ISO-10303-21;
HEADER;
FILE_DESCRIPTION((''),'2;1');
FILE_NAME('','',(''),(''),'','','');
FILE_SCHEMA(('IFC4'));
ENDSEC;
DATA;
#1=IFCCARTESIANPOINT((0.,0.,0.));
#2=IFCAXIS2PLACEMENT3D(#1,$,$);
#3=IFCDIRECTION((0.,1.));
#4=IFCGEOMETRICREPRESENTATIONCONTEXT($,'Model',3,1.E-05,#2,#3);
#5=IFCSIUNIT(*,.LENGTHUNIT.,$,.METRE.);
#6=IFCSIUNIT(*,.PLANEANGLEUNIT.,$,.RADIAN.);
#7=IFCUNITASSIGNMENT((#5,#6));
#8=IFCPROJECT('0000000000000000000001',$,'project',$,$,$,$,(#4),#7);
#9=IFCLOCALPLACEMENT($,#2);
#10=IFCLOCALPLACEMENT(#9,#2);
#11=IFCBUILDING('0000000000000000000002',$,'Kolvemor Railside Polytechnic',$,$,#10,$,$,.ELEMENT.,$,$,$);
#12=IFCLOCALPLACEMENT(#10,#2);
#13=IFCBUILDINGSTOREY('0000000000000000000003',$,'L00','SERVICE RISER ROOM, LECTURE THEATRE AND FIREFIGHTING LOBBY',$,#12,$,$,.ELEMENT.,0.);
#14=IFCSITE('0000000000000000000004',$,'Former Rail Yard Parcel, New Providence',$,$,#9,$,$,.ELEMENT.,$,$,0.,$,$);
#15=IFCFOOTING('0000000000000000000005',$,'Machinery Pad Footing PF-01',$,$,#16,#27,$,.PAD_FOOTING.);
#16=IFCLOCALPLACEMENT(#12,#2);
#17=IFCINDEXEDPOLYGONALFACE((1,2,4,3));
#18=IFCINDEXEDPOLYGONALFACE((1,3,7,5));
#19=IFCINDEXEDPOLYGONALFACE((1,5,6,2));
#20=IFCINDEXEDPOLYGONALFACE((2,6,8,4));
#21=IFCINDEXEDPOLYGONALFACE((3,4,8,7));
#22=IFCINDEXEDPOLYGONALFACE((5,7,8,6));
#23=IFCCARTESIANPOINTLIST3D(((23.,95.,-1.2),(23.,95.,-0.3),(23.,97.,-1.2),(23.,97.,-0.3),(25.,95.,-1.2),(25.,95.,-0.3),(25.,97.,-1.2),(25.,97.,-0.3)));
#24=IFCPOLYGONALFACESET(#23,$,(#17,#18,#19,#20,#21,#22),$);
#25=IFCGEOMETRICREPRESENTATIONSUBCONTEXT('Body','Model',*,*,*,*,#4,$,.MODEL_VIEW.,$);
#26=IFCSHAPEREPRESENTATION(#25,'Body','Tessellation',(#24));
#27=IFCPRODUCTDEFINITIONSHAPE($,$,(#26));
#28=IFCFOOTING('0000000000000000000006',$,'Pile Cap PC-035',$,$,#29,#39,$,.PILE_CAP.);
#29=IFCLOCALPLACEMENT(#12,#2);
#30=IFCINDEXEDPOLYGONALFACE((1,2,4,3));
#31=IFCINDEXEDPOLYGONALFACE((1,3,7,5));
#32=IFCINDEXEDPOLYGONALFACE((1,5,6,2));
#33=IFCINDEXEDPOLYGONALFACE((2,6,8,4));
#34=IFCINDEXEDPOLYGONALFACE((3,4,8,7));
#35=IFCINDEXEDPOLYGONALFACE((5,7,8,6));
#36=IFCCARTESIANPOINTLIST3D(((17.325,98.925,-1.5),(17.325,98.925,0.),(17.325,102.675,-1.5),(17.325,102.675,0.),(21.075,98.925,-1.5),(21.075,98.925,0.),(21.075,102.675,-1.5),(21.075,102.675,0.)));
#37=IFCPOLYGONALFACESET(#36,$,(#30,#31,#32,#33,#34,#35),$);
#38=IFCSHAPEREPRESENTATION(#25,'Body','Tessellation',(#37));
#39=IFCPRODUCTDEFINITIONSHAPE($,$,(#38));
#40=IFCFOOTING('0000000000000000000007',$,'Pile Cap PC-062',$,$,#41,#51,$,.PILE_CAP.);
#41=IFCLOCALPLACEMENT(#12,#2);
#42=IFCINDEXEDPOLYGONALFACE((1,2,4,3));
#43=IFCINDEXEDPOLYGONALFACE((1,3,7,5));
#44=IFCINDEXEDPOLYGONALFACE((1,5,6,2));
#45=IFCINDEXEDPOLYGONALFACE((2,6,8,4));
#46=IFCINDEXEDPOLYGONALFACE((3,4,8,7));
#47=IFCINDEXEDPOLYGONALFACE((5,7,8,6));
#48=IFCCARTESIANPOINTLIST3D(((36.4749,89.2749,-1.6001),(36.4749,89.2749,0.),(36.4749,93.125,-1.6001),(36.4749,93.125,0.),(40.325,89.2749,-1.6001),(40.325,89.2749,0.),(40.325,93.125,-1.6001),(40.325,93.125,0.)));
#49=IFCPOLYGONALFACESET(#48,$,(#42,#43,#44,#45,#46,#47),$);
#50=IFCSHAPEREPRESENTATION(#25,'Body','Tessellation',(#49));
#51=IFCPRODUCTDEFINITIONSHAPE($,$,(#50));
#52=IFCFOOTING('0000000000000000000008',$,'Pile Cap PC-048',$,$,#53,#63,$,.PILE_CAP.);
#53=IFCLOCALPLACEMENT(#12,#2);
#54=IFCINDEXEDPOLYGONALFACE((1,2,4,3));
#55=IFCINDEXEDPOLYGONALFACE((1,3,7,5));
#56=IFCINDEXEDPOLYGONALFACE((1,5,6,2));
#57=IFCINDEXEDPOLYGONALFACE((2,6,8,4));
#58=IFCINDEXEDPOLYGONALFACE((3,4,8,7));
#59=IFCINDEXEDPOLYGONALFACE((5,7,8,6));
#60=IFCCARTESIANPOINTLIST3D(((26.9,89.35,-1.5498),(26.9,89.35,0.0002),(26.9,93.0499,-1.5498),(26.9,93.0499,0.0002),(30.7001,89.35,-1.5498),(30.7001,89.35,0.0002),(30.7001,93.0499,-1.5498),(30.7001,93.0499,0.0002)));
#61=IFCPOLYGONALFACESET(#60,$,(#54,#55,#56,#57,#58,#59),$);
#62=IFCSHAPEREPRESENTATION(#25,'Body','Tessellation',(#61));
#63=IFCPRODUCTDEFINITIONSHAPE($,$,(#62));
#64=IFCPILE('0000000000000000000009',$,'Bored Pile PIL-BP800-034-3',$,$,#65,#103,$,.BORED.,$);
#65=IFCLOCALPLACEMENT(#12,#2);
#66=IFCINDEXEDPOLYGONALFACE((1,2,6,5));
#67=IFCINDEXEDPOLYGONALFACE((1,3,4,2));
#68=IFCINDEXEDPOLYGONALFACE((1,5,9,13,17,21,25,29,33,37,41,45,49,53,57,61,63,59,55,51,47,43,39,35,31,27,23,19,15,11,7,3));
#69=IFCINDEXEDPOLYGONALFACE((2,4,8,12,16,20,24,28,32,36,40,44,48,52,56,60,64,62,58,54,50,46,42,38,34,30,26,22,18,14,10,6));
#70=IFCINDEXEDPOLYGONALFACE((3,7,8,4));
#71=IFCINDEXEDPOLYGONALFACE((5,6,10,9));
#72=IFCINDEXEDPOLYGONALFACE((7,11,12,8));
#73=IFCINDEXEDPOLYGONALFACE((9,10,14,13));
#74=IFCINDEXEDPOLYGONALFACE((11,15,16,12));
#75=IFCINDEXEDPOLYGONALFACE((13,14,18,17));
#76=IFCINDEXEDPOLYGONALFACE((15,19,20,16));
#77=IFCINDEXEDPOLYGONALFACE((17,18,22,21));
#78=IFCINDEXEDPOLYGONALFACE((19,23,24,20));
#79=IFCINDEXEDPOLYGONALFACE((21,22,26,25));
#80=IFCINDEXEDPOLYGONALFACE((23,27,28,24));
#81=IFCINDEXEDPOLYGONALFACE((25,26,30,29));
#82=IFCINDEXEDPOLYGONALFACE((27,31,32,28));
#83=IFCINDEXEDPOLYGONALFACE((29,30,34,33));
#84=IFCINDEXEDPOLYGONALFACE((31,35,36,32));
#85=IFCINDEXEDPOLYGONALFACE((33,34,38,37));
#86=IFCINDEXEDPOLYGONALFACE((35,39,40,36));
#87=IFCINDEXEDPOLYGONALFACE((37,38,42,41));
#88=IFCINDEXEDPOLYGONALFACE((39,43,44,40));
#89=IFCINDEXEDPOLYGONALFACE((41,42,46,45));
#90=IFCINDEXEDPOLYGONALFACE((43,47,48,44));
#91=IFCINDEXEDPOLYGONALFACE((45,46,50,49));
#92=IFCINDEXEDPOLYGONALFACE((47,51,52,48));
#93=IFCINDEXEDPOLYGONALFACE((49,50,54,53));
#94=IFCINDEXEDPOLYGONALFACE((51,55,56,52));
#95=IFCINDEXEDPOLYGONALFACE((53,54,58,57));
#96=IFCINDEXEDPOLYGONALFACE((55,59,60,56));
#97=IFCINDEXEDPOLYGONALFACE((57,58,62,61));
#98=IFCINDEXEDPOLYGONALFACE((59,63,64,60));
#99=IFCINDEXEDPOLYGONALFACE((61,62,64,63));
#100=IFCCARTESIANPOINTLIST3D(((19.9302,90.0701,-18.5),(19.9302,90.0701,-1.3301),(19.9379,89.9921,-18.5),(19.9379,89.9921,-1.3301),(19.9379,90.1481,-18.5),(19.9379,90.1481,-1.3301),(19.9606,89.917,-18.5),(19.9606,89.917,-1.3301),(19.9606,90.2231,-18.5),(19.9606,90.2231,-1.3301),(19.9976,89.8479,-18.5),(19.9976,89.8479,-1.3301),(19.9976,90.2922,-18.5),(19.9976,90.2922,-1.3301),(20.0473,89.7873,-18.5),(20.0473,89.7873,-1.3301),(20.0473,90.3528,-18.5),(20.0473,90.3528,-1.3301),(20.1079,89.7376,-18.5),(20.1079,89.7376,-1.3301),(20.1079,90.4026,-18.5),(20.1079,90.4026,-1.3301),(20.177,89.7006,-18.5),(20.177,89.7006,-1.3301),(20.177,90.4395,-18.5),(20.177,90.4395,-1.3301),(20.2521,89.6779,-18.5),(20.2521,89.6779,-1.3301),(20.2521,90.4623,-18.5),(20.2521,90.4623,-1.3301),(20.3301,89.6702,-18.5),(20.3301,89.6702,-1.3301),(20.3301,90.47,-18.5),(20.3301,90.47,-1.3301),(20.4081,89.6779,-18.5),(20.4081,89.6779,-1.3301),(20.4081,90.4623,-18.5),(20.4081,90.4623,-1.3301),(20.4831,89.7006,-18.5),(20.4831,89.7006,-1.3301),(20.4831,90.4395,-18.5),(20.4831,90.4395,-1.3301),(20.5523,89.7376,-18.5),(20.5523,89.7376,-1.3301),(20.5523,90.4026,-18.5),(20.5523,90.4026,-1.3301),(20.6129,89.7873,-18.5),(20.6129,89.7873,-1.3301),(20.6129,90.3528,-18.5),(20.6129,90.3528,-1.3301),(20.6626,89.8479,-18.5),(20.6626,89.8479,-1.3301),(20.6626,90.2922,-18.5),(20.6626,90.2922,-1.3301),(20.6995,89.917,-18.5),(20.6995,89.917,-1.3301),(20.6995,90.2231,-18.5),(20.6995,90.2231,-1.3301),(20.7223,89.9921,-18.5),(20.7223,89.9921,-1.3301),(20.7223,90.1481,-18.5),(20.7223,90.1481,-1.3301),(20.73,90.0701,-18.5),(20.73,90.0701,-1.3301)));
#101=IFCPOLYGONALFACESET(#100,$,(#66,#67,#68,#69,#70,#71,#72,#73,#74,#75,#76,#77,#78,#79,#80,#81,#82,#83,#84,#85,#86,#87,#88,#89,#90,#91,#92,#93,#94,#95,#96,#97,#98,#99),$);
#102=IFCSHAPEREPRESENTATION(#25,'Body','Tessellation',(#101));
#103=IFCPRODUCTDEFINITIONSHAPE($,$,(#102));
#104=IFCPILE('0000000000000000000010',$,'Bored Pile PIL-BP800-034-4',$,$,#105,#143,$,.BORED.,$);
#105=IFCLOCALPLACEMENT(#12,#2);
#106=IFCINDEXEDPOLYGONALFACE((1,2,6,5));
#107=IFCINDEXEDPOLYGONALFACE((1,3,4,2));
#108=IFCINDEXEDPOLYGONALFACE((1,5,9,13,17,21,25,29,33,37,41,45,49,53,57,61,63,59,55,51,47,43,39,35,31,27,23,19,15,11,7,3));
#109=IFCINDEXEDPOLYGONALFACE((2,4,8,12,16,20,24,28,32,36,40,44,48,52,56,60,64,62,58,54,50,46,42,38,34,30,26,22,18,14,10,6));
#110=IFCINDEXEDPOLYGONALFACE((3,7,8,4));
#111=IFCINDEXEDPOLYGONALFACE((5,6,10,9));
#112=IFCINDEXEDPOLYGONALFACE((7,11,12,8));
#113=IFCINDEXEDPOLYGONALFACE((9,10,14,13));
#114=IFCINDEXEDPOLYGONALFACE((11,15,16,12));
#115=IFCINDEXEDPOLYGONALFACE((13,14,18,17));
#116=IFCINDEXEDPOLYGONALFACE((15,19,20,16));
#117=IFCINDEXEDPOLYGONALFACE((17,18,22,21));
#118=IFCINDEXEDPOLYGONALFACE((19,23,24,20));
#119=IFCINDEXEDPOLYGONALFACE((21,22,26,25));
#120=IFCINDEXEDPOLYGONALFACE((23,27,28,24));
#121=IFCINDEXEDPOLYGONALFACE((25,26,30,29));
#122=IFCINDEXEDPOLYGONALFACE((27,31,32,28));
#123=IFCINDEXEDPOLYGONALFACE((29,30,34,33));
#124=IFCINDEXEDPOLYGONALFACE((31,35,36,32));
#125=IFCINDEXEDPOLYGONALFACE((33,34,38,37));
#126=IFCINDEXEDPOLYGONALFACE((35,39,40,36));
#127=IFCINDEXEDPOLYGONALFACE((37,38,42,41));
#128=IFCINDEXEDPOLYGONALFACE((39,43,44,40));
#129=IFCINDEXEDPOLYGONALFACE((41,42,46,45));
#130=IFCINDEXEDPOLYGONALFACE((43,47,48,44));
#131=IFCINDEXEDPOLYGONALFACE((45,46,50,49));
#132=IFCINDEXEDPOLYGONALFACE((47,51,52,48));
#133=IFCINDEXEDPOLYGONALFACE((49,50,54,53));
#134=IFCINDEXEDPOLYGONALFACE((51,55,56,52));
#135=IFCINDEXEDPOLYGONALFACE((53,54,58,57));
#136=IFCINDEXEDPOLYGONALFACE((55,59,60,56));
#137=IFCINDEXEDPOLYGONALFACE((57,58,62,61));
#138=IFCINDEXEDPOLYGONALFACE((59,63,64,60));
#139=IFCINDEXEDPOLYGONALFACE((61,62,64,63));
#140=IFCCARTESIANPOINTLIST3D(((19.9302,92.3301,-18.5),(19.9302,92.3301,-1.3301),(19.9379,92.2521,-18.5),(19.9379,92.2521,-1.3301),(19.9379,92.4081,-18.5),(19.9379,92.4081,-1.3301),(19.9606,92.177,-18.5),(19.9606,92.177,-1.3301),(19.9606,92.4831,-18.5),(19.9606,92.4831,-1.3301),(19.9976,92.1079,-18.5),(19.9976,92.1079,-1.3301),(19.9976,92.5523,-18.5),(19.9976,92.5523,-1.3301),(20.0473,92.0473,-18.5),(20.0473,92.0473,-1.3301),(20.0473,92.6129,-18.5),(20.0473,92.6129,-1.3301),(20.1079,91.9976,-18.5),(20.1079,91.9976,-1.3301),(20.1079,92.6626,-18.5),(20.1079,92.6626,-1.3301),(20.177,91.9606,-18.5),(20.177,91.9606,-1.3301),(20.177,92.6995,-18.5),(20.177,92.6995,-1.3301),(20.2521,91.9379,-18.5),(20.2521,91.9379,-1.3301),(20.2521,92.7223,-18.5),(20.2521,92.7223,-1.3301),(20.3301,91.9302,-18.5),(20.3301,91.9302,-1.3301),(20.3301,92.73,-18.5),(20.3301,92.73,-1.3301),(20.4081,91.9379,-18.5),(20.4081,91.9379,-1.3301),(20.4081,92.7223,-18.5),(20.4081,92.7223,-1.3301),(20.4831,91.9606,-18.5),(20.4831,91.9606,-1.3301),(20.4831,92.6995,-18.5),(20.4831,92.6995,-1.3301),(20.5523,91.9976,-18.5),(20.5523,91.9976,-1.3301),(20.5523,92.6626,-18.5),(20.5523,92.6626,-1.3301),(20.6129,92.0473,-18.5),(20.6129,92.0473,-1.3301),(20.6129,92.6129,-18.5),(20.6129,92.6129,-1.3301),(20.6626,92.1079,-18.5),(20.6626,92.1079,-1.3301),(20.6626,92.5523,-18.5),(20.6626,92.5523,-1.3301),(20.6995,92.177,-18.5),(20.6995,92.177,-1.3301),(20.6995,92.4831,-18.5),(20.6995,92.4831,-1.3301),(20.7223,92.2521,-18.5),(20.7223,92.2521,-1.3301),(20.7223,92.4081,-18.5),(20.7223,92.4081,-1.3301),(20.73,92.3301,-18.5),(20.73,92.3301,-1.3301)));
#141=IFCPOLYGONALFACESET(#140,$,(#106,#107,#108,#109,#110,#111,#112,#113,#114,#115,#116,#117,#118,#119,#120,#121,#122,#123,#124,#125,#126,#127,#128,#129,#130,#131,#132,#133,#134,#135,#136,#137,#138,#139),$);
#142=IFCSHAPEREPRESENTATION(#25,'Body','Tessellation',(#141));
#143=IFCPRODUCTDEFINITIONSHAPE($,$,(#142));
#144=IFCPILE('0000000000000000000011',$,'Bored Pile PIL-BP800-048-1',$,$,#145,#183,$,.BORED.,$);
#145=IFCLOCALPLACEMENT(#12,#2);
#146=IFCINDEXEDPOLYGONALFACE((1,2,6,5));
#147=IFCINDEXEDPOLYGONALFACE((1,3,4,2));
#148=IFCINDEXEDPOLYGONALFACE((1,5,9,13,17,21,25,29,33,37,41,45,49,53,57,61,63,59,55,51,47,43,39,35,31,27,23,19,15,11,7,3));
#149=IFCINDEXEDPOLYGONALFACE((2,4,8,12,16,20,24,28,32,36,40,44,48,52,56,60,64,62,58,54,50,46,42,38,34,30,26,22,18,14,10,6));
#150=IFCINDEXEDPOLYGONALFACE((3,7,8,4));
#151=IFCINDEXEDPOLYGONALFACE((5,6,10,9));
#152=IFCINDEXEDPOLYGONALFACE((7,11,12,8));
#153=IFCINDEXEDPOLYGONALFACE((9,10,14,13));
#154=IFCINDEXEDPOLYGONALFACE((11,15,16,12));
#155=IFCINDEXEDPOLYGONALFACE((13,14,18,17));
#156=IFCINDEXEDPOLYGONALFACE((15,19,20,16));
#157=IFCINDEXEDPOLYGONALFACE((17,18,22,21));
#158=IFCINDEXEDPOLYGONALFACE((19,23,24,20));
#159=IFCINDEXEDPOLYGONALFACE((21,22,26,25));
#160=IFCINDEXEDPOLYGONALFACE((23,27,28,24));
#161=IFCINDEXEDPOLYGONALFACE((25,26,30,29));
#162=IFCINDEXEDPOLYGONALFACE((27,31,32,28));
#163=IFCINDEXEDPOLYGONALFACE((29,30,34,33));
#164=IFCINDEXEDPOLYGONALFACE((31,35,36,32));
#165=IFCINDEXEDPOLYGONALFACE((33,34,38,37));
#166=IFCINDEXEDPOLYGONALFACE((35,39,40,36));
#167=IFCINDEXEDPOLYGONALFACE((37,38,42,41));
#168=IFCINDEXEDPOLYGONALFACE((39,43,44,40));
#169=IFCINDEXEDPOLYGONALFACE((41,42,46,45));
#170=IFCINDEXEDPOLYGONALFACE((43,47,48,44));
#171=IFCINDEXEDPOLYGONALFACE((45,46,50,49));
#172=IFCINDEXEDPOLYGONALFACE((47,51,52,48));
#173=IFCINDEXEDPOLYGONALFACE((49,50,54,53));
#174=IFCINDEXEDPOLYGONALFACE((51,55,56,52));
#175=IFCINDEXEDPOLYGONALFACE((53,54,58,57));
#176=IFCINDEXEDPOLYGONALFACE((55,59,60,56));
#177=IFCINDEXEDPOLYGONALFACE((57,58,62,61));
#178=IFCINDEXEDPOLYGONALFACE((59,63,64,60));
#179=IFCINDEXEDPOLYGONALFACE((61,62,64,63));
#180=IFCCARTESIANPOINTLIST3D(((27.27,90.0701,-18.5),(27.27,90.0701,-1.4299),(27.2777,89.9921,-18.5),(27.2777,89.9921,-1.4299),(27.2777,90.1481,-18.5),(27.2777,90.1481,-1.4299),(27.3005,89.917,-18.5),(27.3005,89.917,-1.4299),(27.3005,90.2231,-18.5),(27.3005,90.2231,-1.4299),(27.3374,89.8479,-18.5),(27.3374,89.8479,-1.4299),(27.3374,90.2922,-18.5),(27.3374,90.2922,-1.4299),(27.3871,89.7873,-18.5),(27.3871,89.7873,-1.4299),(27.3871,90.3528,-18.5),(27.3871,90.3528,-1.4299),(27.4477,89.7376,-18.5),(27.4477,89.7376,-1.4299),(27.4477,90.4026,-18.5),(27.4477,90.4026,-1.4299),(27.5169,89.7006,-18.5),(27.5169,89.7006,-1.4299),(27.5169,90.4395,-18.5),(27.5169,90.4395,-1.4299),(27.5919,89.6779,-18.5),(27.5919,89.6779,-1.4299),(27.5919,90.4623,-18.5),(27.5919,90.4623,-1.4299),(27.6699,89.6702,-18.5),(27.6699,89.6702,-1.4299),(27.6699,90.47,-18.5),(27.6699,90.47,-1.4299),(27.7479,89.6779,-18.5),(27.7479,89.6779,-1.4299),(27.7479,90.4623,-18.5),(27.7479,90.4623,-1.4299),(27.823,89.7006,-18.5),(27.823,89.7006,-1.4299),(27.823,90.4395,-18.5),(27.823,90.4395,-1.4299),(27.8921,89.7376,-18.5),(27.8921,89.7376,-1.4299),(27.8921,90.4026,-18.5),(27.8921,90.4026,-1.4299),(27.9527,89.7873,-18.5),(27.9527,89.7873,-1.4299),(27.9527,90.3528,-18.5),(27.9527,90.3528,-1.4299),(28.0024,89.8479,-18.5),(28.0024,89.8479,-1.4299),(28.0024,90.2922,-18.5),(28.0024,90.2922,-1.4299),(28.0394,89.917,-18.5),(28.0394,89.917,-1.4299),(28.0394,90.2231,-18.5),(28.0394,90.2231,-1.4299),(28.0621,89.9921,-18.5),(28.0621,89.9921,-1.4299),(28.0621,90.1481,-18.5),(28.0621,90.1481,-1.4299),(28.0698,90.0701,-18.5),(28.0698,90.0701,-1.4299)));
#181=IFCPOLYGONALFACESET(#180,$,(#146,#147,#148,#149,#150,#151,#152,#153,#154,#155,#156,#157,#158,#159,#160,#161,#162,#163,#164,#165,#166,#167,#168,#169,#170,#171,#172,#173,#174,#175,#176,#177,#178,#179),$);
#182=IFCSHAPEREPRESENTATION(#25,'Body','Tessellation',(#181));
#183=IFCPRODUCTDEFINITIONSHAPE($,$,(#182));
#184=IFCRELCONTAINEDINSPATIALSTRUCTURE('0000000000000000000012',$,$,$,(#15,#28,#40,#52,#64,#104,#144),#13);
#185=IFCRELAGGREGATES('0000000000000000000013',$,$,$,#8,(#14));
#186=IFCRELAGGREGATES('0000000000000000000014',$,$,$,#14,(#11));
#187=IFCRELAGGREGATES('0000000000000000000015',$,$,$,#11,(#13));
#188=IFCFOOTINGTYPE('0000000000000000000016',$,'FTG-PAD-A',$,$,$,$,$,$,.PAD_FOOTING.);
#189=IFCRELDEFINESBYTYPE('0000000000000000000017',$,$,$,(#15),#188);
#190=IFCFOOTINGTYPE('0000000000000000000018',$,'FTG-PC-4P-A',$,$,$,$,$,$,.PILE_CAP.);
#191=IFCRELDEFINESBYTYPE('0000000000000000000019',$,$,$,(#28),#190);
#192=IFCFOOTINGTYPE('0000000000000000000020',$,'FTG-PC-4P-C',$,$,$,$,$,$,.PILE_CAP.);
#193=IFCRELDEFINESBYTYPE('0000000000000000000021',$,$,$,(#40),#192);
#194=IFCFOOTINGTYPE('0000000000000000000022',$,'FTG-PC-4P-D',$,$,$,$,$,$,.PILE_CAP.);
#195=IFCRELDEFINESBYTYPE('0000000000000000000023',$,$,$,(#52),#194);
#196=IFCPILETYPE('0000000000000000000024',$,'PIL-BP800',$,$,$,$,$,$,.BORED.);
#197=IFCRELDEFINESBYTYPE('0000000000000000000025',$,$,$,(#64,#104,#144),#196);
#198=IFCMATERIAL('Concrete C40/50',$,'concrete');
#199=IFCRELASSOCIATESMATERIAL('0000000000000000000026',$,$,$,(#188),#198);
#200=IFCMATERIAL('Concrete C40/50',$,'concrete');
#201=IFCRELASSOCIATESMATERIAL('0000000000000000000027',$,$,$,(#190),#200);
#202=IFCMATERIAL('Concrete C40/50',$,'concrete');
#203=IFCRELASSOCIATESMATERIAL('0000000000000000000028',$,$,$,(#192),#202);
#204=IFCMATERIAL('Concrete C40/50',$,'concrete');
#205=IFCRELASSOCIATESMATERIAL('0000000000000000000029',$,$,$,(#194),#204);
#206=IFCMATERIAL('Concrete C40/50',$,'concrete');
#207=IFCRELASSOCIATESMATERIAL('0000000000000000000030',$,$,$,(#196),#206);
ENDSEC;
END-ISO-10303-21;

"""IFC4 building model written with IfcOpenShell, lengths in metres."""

from ifc_helpers import new_model, si_unit, direction, frame, origin, origin_2d, place, context, subcontext, project, spatial, rectangle, circle, extrude, material, material_profile, profile_set, type_object, element, save


model = new_model("IFC4")

# Units and contexts
model_context = context("Model", 3, precision=1e-05, world=origin(), true_north=direction((0.0, 1.0)))
body_context = subcontext(model_context, "Body", "Model", "MODEL_VIEW")
ifc_project = project(units=[si_unit("LENGTHUNIT", "METRE"), si_unit("PLANEANGLEUNIT", "RADIAN")], contexts=[model_context])

# Site, building, storey
site_placement = place(None, origin())
site = spatial("IfcSite", under=ifc_project, at=site_placement, Name="Former Rail Yard Parcel, New Providence", CompositionType="ELEMENT", RefElevation=0.0)
building_placement = place(site_placement, origin())
building = spatial("IfcBuilding", under=site, at=building_placement, Name="Kolvemor Railside Polytechnic", CompositionType="ELEMENT")
storey_placement = place(building_placement, origin())
storey = spatial("IfcBuildingStorey", under=building, at=storey_placement, Name="L00", Description="SERVICE RISER ROOM, LECTURE THEATRE AND FIREFIGHTING LOBBY", CompositionType="ELEMENT", Elevation=0.0)

# Footings
ifc_material_1 = material(Name="Concrete C40/50", Category="concrete")
footing_type_1 = type_object("IfcFootingType", Name="FTG-PAD-A", PredefinedType="PAD_FOOTING", material=ifc_material_1)
footing_1_placement = place(storey_placement, frame((24.0, 96.0, -1.2), z_axis=(0.0, 0.0, 1.0), x_axis=(1.0, 0.0, 0.0)))
element("IfcFooting", 1, at=footing_1_placement, inside=storey, type_object=footing_type_1, Name="Machinery Pad Footing PF-01", PredefinedType="PAD_FOOTING", context=body_context, shape_type="SweptSolid", body=[
    extrude(rectangle(XDim=2.0, YDim=2.0, at=origin_2d()), origin(), (0.0, 0.0, 1.0), 0.8999),
])
ifc_material_2 = material(Name="Concrete C40/50", Category="concrete")
footing_type_2 = type_object("IfcFootingType", Name="FTG-PC-4P-A", PredefinedType="PILE_CAP", material=ifc_material_2)
footing_2_placement = place(storey_placement, frame((19.2, 100.8, -1.5), z_axis=(0.0, 0.0, 1.0), x_axis=(1.0, 0.0, 0.0)))
element("IfcFooting", 2, at=footing_2_placement, inside=storey, type_object=footing_type_2, Name="Pile Cap PC-035", PredefinedType="PILE_CAP", context=body_context, shape_type="SweptSolid", body=[
    extrude(rectangle(XDim=3.75, YDim=3.75, at=origin_2d()), origin(), (0.0, 0.0, 1.0), 1.5),
])
ifc_material_3 = material(Name="Concrete C40/50", Category="concrete")
footing_type_3 = type_object("IfcFootingType", Name="FTG-PC-4P-C", PredefinedType="PILE_CAP", material=ifc_material_3)
footing_3_placement = place(storey_placement, frame((38.3999, 91.2, -1.6001), z_axis=(0.0, 0.0, 1.0), x_axis=(1.0, 0.0, 0.0)))
element("IfcFooting", 3, at=footing_3_placement, inside=storey, type_object=footing_type_3, Name="Pile Cap PC-062", PredefinedType="PILE_CAP", context=body_context, shape_type="SweptSolid", body=[
    extrude(rectangle(XDim=3.8501, YDim=3.8501, at=origin_2d()), origin(), (0.0, 0.0, 1.0), 1.6001),
])
ifc_material_4 = material(Name="Concrete C40/50", Category="concrete")
footing_type_4 = type_object("IfcFootingType", Name="FTG-PC-4P-D", PredefinedType="PILE_CAP", material=ifc_material_4)
footing_4_placement = place(storey_placement, frame((28.8, 91.2, -1.5498), z_axis=(0.0, 0.0, 1.0), x_axis=(1.0, 0.0, 0.0)))
element("IfcFooting", 4, at=footing_4_placement, inside=storey, type_object=footing_type_4, Name="Pile Cap PC-048", PredefinedType="PILE_CAP", context=body_context, shape_type="SweptSolid", body=[
    extrude(rectangle(XDim=3.8, YDim=3.7, at=origin_2d()), origin(), (0.0, 0.0, 1.0), 1.55),
])

# Piles
ifc_material_5 = material(Name="Concrete C40/50", Category="concrete")
ifc_material_profile_1 = material_profile(ifc_material_5, circle(Radius=0.3999, at=origin_2d()), Name="BP800")
ifc_profile_set_1 = profile_set([ifc_material_profile_1], Name="Concrete C40/50")
pile_type_1 = type_object("IfcPileType", Name="PIL-BP800", PredefinedType="BORED", material=ifc_profile_set_1)
for number, where, z_axis, x_axis, name in (
    (5, (20.3301, 90.0701, -1.3301), (0.0, 0.0, -1.0), (1.0, 0.0, 0.0), "Bored Pile PIL-BP800-034-3"),
    (6, (20.3301, 92.3301, -1.3301), (0.0, 0.0, -1.0), (1.0, 0.0, 0.0), "Bored Pile PIL-BP800-034-4"),
):
    element("IfcPile", number, at=place(storey_placement, frame(where, z_axis=z_axis, x_axis=x_axis)), inside=storey, type_object=pile_type_1, Name=name, PredefinedType="BORED", context=body_context, shape_type="SweptSolid", body=[
        extrude(circle(Radius=0.3999, at=origin_2d()), origin(), (0.0, 0.0, 1.0), 17.1699),
    ])
for number, where, z_axis, x_axis, name in (
    (7, (27.6699, 90.0701, -1.4299), (0.0, 0.0, -1.0), (1.0, 0.0, 0.0), "Bored Pile PIL-BP800-048-1"),
):
    element("IfcPile", number, at=place(storey_placement, frame(where, z_axis=z_axis, x_axis=x_axis)), inside=storey, type_object=pile_type_1, Name=name, PredefinedType="BORED", context=body_context, shape_type="SweptSolid", body=[
        extrude(circle(Radius=0.3999, at=origin_2d()), origin(), (0.0, 0.0, 1.0), 17.0701),
    ])

save(model, "model.ifc")
